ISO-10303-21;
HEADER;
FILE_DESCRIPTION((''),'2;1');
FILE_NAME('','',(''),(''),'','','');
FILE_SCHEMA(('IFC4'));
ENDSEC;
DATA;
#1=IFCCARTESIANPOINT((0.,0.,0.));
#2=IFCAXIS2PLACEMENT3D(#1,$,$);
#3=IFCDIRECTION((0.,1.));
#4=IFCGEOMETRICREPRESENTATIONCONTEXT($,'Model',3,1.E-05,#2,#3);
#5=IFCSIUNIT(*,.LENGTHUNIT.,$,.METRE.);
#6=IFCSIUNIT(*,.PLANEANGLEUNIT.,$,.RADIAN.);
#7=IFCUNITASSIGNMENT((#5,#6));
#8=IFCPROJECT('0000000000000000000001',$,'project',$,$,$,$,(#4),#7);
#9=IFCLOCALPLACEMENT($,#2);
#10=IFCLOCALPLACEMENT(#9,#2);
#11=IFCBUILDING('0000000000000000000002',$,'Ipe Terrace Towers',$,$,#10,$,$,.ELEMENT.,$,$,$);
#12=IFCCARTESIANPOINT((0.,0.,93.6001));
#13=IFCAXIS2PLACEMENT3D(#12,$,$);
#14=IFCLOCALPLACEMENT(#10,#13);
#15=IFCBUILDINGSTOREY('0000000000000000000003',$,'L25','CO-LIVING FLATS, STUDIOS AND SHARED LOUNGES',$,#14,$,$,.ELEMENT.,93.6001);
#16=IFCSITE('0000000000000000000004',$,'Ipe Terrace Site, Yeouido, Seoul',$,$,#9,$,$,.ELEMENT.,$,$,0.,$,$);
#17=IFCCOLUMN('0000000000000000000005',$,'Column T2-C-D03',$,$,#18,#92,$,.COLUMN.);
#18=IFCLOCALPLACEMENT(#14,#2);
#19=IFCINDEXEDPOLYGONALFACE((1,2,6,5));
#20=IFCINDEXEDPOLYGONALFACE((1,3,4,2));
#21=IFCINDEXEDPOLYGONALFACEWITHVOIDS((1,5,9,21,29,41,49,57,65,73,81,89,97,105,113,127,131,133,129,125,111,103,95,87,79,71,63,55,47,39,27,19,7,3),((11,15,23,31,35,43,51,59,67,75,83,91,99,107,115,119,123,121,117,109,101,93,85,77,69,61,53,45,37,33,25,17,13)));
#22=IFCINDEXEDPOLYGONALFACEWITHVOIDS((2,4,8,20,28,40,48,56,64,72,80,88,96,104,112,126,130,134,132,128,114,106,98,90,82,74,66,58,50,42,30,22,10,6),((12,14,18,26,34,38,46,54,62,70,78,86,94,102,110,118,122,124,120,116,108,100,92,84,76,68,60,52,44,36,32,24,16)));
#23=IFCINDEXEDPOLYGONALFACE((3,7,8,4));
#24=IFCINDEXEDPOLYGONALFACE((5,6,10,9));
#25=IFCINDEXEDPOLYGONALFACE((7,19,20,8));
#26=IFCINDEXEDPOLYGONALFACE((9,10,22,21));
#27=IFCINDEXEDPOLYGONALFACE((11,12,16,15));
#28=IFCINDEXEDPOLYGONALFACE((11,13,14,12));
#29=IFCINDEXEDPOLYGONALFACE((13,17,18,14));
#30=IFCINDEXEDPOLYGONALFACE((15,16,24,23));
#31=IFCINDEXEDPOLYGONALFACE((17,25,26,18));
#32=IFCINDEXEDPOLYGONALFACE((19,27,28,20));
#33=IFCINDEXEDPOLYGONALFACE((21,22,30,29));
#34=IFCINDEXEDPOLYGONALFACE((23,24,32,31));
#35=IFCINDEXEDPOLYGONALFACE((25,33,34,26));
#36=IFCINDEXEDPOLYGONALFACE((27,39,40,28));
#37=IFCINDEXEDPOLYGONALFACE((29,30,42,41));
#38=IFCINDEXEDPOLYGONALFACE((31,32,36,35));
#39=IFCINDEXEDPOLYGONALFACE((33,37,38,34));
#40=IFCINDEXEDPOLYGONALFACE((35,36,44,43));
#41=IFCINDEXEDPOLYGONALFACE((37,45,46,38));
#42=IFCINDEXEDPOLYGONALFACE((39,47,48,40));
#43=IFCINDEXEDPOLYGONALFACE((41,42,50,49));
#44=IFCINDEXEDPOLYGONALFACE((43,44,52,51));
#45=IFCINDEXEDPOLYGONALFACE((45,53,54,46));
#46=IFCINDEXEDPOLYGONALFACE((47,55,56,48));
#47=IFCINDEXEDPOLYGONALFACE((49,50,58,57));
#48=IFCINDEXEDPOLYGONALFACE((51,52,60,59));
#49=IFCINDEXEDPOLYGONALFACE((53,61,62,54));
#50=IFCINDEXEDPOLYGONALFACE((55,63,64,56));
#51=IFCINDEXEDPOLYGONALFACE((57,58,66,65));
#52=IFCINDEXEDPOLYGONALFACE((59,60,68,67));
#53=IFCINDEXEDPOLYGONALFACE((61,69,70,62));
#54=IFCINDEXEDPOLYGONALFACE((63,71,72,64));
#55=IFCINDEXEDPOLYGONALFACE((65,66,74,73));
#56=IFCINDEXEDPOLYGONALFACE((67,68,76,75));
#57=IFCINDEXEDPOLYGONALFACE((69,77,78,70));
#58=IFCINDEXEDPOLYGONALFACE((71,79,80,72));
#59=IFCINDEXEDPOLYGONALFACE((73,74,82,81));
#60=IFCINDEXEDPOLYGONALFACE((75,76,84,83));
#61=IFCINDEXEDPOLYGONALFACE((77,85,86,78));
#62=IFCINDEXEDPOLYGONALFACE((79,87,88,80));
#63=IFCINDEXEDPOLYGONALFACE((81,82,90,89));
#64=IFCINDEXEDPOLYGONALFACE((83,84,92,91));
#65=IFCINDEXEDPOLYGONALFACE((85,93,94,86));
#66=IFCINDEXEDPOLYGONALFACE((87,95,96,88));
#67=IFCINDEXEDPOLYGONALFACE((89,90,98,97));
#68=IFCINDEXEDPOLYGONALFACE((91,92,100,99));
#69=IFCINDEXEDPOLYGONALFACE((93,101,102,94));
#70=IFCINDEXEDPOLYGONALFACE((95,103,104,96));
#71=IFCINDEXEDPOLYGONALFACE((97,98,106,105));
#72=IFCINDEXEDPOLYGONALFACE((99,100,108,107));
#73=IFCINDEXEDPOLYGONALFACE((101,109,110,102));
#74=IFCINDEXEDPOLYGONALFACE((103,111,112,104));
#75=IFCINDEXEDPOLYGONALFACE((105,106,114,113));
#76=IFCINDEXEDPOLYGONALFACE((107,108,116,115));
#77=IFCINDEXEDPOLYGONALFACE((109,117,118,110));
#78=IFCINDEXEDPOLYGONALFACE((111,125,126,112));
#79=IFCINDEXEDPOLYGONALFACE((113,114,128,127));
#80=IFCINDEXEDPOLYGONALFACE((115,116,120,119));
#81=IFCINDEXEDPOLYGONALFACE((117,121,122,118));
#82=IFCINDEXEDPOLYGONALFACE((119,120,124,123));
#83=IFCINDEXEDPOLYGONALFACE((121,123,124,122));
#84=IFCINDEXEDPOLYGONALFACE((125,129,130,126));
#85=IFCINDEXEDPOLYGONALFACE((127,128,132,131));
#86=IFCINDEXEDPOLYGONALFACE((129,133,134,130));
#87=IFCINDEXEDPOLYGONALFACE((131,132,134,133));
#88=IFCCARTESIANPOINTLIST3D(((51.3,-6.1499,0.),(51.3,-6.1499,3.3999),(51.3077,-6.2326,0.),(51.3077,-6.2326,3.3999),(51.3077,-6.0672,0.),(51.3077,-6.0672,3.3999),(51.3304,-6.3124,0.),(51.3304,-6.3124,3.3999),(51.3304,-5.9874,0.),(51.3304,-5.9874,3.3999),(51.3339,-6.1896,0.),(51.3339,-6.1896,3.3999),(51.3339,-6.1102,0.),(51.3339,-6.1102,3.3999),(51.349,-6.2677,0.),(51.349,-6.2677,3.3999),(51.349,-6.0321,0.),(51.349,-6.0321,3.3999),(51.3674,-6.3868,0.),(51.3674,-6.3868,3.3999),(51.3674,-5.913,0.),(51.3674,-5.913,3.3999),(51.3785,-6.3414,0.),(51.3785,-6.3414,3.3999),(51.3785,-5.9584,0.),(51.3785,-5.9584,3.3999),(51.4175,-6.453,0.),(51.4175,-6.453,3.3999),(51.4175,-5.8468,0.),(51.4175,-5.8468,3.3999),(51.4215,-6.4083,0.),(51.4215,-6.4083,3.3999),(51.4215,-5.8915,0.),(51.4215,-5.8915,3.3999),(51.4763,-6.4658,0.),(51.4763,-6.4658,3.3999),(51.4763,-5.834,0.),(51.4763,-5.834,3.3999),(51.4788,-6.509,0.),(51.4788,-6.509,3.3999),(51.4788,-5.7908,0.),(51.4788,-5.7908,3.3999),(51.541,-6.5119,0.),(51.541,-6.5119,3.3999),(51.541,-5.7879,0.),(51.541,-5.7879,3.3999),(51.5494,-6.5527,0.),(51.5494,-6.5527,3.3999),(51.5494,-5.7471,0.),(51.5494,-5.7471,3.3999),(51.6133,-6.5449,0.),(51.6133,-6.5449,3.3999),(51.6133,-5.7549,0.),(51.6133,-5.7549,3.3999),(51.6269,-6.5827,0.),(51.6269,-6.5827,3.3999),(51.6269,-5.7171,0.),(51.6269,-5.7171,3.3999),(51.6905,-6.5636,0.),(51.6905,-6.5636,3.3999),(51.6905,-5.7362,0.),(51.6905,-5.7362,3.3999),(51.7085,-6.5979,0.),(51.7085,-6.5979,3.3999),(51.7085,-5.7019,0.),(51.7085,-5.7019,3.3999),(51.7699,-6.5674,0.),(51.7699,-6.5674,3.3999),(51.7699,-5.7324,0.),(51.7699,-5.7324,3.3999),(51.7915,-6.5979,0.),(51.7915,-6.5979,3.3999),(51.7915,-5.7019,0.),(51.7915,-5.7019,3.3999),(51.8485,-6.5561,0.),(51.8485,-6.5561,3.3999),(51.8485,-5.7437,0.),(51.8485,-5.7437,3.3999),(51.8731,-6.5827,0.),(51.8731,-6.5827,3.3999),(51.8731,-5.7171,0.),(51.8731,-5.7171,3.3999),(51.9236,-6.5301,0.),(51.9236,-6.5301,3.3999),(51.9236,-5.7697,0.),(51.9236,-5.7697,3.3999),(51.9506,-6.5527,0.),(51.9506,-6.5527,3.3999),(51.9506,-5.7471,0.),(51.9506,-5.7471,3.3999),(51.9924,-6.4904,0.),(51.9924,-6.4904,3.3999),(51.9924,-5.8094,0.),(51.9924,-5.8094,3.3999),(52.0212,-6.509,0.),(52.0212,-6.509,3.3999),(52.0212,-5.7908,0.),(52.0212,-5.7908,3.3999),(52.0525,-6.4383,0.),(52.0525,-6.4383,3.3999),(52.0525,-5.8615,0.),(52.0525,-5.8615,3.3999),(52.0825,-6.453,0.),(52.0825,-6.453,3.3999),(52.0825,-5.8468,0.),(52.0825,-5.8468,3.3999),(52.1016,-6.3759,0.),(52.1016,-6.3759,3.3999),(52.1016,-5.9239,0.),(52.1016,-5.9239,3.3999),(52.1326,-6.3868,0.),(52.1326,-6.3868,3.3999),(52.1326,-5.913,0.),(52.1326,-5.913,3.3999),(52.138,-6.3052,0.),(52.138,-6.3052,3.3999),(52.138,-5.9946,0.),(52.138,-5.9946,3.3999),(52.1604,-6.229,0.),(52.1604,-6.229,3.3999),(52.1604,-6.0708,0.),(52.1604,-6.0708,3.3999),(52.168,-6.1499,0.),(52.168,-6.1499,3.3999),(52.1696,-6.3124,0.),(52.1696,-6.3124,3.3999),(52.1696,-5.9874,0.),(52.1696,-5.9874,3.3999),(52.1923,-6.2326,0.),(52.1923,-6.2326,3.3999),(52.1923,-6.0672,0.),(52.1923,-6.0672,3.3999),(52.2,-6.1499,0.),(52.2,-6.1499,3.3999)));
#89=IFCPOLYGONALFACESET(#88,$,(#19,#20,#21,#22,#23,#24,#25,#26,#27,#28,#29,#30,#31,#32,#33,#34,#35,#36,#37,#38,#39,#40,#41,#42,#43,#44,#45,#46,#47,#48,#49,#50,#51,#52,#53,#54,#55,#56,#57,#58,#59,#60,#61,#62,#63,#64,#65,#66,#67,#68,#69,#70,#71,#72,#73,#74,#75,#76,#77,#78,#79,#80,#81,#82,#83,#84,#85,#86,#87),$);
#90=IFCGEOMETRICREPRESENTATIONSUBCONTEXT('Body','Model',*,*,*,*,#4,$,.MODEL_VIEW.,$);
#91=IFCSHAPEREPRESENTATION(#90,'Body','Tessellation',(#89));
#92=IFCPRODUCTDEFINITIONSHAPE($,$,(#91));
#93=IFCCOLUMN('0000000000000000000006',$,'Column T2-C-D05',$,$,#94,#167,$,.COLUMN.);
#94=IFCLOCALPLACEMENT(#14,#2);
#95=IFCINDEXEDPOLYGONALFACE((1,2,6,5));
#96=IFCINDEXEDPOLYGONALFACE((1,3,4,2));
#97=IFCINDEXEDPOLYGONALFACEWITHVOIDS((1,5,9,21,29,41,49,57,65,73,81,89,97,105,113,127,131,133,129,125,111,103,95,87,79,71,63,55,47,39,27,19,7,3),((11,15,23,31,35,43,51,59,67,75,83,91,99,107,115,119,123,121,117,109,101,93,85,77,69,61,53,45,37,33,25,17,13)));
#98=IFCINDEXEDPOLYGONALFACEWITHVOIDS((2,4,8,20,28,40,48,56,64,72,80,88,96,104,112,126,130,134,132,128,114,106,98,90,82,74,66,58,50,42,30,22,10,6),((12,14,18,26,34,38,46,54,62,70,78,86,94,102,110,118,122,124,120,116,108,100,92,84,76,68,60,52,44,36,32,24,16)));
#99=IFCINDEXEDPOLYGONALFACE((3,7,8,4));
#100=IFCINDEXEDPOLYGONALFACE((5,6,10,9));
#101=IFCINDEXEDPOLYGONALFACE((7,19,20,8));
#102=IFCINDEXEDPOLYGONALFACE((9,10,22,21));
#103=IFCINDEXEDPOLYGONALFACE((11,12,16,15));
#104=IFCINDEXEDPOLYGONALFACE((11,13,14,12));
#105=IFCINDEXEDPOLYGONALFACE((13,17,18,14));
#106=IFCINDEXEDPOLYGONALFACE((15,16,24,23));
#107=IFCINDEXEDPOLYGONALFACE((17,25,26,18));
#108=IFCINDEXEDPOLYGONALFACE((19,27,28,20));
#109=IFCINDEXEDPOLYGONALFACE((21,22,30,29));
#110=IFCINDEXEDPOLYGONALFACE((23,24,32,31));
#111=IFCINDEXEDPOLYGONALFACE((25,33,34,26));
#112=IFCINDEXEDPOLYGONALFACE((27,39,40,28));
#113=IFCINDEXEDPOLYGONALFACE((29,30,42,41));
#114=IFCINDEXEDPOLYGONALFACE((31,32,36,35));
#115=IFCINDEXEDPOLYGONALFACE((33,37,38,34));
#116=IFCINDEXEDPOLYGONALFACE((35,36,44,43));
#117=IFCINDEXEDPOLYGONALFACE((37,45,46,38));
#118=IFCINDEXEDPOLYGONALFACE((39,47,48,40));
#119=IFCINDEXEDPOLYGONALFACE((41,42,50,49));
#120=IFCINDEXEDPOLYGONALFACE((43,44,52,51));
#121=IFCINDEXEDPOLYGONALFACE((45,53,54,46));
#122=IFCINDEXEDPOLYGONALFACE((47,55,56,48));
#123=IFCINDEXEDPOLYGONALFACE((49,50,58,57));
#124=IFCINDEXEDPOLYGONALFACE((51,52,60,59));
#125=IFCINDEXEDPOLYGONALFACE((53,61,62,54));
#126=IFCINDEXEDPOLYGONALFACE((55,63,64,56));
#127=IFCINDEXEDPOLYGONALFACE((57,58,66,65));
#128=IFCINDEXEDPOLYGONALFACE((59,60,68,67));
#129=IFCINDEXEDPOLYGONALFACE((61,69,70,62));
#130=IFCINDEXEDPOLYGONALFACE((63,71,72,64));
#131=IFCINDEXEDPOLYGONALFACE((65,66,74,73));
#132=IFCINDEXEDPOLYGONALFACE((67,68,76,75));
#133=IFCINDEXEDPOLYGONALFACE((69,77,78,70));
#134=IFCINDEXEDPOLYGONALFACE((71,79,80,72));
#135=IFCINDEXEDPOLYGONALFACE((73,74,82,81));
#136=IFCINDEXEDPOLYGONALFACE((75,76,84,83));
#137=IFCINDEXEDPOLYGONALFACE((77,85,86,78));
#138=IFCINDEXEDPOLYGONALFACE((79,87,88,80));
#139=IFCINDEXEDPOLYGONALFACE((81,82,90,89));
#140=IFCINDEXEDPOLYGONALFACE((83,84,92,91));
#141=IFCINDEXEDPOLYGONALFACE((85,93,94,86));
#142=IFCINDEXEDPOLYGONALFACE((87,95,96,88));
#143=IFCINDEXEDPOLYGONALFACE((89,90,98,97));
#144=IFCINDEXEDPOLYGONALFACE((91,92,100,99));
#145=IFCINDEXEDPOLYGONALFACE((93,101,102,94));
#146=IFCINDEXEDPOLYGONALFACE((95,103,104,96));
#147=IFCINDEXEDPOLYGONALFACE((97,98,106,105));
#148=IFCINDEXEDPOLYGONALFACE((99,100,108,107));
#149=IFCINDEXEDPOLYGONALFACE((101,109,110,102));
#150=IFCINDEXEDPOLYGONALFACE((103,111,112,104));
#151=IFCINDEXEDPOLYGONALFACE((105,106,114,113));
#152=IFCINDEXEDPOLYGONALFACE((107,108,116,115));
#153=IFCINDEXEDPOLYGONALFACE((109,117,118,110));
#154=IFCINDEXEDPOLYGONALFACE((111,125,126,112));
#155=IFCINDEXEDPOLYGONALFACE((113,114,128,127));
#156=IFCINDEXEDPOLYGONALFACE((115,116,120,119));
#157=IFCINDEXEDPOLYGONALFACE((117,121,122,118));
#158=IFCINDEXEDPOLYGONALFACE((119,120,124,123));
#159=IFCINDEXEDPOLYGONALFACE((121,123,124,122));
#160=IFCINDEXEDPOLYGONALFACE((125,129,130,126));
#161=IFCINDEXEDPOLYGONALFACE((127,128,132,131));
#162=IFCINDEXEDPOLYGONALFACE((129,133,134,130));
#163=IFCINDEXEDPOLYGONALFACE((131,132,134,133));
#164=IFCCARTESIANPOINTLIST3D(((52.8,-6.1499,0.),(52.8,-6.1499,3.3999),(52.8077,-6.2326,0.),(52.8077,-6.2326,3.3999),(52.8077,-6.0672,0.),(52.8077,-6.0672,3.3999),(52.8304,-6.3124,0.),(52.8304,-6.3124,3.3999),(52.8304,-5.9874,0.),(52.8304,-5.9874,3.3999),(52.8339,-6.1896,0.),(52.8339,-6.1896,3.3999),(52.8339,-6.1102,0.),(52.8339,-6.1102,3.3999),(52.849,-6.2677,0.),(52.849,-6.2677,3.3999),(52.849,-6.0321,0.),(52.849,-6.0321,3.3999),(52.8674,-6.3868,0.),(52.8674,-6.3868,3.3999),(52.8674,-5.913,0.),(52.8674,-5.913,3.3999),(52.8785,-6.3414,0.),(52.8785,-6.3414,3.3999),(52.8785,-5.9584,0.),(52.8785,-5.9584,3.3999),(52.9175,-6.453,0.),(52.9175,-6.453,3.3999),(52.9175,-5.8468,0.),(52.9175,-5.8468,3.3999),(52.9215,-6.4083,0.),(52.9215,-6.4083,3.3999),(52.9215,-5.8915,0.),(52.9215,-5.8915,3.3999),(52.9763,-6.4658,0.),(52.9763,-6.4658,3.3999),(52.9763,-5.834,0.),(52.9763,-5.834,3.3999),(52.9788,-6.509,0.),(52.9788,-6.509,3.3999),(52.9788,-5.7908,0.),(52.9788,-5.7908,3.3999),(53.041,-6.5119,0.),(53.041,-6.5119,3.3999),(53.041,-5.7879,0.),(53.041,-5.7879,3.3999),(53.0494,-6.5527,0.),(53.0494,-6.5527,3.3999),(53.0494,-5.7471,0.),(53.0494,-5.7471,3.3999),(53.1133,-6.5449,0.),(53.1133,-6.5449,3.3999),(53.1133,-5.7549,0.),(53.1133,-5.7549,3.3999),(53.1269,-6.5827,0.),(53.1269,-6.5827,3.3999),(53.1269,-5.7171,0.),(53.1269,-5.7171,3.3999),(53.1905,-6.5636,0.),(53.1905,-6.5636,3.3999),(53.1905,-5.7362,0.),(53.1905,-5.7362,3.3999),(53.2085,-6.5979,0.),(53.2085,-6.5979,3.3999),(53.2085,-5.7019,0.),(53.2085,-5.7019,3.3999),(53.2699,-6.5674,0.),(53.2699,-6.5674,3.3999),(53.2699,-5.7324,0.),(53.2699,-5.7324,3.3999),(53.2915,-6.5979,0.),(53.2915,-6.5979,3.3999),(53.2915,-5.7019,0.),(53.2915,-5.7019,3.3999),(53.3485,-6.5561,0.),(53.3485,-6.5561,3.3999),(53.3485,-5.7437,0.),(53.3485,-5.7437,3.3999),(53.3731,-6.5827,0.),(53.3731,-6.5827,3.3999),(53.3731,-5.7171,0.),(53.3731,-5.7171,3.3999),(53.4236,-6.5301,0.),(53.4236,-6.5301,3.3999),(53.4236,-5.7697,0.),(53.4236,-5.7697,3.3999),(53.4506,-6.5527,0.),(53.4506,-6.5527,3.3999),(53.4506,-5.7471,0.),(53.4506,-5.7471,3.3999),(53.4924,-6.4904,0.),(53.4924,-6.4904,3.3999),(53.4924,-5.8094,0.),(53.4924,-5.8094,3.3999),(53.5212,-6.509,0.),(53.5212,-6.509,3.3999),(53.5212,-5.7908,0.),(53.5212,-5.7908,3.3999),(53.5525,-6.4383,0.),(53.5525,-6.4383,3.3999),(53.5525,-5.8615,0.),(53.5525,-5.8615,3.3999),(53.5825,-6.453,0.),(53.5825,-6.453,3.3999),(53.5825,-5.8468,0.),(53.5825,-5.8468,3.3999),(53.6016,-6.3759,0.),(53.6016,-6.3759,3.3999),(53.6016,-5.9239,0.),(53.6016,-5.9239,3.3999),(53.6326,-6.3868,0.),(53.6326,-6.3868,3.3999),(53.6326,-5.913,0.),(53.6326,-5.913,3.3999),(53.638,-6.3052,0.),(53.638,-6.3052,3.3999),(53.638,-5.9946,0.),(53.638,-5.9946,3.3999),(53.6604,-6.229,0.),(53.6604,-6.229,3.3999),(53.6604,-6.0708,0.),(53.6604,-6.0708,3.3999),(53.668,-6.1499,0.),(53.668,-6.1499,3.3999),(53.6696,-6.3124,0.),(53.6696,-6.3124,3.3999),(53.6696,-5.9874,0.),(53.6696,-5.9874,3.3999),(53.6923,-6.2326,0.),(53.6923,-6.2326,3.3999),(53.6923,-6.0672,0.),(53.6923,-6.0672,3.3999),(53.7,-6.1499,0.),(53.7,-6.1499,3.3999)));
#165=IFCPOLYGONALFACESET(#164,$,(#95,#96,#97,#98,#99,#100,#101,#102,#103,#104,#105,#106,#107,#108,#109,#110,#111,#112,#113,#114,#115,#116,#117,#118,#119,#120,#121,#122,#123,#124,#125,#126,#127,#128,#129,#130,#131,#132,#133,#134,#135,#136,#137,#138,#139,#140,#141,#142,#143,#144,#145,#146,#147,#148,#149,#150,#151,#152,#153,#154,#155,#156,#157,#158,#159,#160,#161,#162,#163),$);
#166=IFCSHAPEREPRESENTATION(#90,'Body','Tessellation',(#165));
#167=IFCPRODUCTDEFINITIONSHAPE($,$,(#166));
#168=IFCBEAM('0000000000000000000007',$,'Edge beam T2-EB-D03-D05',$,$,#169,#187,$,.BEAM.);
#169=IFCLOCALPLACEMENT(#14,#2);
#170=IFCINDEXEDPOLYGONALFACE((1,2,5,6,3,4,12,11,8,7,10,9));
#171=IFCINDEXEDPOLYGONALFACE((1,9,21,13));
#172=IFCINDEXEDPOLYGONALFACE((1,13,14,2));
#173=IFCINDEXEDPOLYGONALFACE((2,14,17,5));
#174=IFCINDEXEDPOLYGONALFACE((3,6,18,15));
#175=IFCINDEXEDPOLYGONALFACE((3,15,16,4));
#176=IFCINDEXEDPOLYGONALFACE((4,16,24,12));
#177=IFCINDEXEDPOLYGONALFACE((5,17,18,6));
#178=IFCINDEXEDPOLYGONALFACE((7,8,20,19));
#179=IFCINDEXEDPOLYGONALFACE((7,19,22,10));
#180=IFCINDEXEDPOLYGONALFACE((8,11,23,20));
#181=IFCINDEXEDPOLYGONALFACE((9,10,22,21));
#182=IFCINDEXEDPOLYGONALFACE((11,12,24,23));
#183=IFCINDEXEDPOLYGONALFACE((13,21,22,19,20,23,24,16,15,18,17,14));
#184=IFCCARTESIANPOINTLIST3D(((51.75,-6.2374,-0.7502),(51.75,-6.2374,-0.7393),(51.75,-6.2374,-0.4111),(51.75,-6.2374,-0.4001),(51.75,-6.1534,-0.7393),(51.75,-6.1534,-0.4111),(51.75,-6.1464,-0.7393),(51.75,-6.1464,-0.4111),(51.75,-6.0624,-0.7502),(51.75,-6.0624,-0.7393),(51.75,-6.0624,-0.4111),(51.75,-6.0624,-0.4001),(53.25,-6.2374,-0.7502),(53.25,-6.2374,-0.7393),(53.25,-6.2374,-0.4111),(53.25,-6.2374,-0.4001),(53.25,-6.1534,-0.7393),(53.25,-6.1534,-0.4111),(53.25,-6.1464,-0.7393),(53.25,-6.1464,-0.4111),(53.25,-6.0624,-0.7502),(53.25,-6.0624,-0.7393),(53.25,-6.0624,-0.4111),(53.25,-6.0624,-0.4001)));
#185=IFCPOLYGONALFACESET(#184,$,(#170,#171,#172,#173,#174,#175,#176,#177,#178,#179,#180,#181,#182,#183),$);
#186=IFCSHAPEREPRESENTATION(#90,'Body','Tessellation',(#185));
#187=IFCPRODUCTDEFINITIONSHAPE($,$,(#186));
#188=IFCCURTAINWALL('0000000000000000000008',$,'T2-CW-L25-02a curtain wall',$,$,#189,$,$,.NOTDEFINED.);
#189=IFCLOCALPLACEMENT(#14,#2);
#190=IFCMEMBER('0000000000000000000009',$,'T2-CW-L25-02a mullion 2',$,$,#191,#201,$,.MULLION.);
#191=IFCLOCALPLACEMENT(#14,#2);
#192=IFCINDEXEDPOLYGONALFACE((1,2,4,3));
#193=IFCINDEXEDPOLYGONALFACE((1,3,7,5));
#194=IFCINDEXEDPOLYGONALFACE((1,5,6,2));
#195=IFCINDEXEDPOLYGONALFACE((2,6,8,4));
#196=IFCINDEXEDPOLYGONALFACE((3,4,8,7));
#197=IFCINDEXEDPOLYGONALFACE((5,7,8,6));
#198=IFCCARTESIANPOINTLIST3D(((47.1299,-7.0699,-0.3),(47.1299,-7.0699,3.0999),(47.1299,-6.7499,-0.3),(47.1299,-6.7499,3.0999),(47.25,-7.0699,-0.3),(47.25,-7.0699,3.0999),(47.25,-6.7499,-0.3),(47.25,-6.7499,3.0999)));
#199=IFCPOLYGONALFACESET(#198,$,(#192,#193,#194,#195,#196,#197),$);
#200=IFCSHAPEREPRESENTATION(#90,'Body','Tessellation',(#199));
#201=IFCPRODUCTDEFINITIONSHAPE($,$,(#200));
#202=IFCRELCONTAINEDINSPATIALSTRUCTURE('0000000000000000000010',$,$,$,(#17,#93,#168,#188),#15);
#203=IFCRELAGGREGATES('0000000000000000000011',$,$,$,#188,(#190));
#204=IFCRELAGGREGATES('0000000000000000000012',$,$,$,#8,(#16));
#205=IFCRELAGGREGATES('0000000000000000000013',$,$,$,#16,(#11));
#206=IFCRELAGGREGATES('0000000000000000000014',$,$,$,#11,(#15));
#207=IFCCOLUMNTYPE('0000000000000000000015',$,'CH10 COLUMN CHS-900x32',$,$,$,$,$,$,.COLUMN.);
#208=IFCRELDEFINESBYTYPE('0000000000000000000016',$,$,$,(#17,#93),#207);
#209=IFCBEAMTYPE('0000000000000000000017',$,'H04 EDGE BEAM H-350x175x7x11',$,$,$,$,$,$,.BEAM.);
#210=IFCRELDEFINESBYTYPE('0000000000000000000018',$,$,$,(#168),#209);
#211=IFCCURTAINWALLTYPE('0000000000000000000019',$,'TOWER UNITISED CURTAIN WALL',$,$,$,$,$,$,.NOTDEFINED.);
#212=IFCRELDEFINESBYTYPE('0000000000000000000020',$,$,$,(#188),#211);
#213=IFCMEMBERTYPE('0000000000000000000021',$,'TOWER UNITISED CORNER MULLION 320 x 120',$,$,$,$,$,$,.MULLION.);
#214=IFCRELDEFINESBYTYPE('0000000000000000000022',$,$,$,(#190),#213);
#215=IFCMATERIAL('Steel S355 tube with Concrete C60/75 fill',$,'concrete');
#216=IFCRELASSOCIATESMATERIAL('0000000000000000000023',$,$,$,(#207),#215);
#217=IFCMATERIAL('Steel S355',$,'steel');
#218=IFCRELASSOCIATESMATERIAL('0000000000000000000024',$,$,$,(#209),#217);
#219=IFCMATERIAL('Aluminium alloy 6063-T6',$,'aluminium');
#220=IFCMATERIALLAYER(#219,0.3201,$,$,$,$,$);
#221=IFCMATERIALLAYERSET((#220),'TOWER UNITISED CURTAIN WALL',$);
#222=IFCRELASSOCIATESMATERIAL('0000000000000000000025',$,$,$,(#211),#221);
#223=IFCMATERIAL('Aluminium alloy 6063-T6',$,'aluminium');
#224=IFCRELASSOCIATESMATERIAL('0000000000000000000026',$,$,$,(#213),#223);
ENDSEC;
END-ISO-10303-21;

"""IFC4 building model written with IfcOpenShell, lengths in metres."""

from ifc_helpers import new_model, si_unit, direction, frame, origin, origin_2d, place, context, subcontext, project, spatial, rectangle, hollow_circle, i_section, extrude, material, layer, layer_set, material_profile, profile_set, type_object, element, aggregate, save


model = new_model("IFC4")

# Units and contexts
model_context = context("Model", 3, precision=1e-05, world=origin(), true_north=direction((0.0, 1.0)))
body_context = subcontext(model_context, "Body", "Model", "MODEL_VIEW")
ifc_project = project(units=[si_unit("LENGTHUNIT", "METRE"), si_unit("PLANEANGLEUNIT", "RADIAN")], contexts=[model_context])

# Site, building, storey
site_placement = place(None, origin())
site = spatial("IfcSite", under=ifc_project, at=site_placement, Name="Ipe Terrace Site, Yeouido, Seoul", CompositionType="ELEMENT", RefElevation=0.0)
building_placement = place(site_placement, origin())
building = spatial("IfcBuilding", under=site, at=building_placement, Name="Ipe Terrace Towers", CompositionType="ELEMENT")
storey_placement = place(building_placement, frame((0.0, 0.0, 93.6001)))
storey = spatial("IfcBuildingStorey", under=building, at=storey_placement, Name="L25", Description="CO-LIVING FLATS, STUDIOS AND SHARED LOUNGES", CompositionType="ELEMENT", Elevation=93.6001)

# Columns
ifc_material_1 = material(Name="Steel S355 tube with Concrete C60/75 fill", Category="concrete")
ifc_material_profile_1 = material_profile(ifc_material_1, hollow_circle(Radius=0.45, WallThickness=0.032, at=origin_2d()), Name="CHS-900x32")
ifc_profile_set_1 = profile_set([ifc_material_profile_1], Name="Steel S355 tube with Concrete C60/75 fill")
column_type = type_object("IfcColumnType", Name="CH10 COLUMN CHS-900x32", PredefinedType="COLUMN", material=ifc_profile_set_1)
for number, where, z_axis, x_axis, name in (
    (1, (51.75, -6.1499, 0.0), (0.0, 0.0, 1.0), (1.0, 0.0, 0.0), "Column T2-C-D03"),
    (2, (53.25, -6.1499, 0.0), (0.0, 0.0, 1.0), (1.0, 0.0, 0.0), "Column T2-C-D05"),
):
    element("IfcColumn", number, at=place(storey_placement, frame(where, z_axis=z_axis, x_axis=x_axis)), inside=storey, type_object=column_type, Name=name, PredefinedType="COLUMN", context=body_context, shape_type="SweptSolid", body=[
        extrude(hollow_circle(Radius=0.45, WallThickness=0.032, at=origin_2d()), origin(), (0.0, 0.0, 1.0), 3.3999),
    ])

# Beam
ifc_material_2 = material(Name="Steel S355", Category="steel")
ifc_material_profile_2 = material_profile(ifc_material_2, i_section(OverallWidth=0.175, OverallDepth=0.3501, WebThickness=0.0071, FlangeThickness=0.011, at=origin_2d()), Name="H-350x175x7x11")
ifc_profile_set_2 = profile_set([ifc_material_profile_2], Name="Steel S355")
beam_type = type_object("IfcBeamType", Name="H04 EDGE BEAM H-350x175x7x11", PredefinedType="BEAM", material=ifc_profile_set_2)
beam_placement = place(storey_placement, frame((51.75, -6.1499, -0.5752), z_axis=(1.0, 0.0, 0.0), x_axis=(0.0, 1.0, 0.0)))
element("IfcBeam", 3, at=beam_placement, inside=storey, type_object=beam_type, Name="Edge beam T2-EB-D03-D05", PredefinedType="BEAM", context=body_context, shape_type="SweptSolid", body=[
    extrude(i_section(OverallWidth=0.175, OverallDepth=0.3501, WebThickness=0.0071, FlangeThickness=0.011, at=origin_2d()), origin(), (0.0, 0.0, 1.0), 1.5),
])

# Curtain wall, member
ifc_material_3 = material(Name="Aluminium alloy 6063-T6", Category="aluminium")
ifc_layer_1 = layer(ifc_material_3, 0.3201)
ifc_layer_set_1 = layer_set([ifc_layer_1], Name="TOWER UNITISED CURTAIN WALL")
curtain_wall_type = type_object("IfcCurtainWallType", Name="TOWER UNITISED CURTAIN WALL", PredefinedType="NOTDEFINED", material=ifc_layer_set_1)
curtain_wall_1_placement = place(storey_placement, origin())
curtain_wall_1 = element("IfcCurtainWall", 4, at=curtain_wall_1_placement, inside=storey, type_object=curtain_wall_type, Name="T2-CW-L25-02a curtain wall", PredefinedType="NOTDEFINED")
ifc_material_4 = material(Name="Aluminium alloy 6063-T6", Category="aluminium")
ifc_material_profile_3 = material_profile(ifc_material_4, rectangle(XDim=0.3201, YDim=0.1201, at=origin_2d()), Name="TOWER UNITISED CORNER MULLION 320 x 120")
ifc_profile_set_3 = profile_set([ifc_material_profile_3], Name="Aluminium alloy 6063-T6")
member_type_1 = type_object("IfcMemberType", Name="TOWER UNITISED CORNER MULLION 320 x 120", PredefinedType="MULLION", material=ifc_profile_set_3)
member_1_placement = place(storey_placement, frame((47.1899, -6.9099, -0.3), z_axis=(0.0, 0.0, 1.0), x_axis=(0.0, -1.0, 0.0)))
member_1 = element("IfcMember", 5, at=member_1_placement, type_object=member_type_1, Name="T2-CW-L25-02a mullion 2", PredefinedType="MULLION", context=body_context, shape_type="SweptSolid", body=[
    extrude(rectangle(XDim=0.3201, YDim=0.1201, at=origin_2d()), origin(), (0.0, 0.0, 1.0), 3.3999),
])
aggregate(curtain_wall_1, [member_1])

save(model, "model.ifc")
